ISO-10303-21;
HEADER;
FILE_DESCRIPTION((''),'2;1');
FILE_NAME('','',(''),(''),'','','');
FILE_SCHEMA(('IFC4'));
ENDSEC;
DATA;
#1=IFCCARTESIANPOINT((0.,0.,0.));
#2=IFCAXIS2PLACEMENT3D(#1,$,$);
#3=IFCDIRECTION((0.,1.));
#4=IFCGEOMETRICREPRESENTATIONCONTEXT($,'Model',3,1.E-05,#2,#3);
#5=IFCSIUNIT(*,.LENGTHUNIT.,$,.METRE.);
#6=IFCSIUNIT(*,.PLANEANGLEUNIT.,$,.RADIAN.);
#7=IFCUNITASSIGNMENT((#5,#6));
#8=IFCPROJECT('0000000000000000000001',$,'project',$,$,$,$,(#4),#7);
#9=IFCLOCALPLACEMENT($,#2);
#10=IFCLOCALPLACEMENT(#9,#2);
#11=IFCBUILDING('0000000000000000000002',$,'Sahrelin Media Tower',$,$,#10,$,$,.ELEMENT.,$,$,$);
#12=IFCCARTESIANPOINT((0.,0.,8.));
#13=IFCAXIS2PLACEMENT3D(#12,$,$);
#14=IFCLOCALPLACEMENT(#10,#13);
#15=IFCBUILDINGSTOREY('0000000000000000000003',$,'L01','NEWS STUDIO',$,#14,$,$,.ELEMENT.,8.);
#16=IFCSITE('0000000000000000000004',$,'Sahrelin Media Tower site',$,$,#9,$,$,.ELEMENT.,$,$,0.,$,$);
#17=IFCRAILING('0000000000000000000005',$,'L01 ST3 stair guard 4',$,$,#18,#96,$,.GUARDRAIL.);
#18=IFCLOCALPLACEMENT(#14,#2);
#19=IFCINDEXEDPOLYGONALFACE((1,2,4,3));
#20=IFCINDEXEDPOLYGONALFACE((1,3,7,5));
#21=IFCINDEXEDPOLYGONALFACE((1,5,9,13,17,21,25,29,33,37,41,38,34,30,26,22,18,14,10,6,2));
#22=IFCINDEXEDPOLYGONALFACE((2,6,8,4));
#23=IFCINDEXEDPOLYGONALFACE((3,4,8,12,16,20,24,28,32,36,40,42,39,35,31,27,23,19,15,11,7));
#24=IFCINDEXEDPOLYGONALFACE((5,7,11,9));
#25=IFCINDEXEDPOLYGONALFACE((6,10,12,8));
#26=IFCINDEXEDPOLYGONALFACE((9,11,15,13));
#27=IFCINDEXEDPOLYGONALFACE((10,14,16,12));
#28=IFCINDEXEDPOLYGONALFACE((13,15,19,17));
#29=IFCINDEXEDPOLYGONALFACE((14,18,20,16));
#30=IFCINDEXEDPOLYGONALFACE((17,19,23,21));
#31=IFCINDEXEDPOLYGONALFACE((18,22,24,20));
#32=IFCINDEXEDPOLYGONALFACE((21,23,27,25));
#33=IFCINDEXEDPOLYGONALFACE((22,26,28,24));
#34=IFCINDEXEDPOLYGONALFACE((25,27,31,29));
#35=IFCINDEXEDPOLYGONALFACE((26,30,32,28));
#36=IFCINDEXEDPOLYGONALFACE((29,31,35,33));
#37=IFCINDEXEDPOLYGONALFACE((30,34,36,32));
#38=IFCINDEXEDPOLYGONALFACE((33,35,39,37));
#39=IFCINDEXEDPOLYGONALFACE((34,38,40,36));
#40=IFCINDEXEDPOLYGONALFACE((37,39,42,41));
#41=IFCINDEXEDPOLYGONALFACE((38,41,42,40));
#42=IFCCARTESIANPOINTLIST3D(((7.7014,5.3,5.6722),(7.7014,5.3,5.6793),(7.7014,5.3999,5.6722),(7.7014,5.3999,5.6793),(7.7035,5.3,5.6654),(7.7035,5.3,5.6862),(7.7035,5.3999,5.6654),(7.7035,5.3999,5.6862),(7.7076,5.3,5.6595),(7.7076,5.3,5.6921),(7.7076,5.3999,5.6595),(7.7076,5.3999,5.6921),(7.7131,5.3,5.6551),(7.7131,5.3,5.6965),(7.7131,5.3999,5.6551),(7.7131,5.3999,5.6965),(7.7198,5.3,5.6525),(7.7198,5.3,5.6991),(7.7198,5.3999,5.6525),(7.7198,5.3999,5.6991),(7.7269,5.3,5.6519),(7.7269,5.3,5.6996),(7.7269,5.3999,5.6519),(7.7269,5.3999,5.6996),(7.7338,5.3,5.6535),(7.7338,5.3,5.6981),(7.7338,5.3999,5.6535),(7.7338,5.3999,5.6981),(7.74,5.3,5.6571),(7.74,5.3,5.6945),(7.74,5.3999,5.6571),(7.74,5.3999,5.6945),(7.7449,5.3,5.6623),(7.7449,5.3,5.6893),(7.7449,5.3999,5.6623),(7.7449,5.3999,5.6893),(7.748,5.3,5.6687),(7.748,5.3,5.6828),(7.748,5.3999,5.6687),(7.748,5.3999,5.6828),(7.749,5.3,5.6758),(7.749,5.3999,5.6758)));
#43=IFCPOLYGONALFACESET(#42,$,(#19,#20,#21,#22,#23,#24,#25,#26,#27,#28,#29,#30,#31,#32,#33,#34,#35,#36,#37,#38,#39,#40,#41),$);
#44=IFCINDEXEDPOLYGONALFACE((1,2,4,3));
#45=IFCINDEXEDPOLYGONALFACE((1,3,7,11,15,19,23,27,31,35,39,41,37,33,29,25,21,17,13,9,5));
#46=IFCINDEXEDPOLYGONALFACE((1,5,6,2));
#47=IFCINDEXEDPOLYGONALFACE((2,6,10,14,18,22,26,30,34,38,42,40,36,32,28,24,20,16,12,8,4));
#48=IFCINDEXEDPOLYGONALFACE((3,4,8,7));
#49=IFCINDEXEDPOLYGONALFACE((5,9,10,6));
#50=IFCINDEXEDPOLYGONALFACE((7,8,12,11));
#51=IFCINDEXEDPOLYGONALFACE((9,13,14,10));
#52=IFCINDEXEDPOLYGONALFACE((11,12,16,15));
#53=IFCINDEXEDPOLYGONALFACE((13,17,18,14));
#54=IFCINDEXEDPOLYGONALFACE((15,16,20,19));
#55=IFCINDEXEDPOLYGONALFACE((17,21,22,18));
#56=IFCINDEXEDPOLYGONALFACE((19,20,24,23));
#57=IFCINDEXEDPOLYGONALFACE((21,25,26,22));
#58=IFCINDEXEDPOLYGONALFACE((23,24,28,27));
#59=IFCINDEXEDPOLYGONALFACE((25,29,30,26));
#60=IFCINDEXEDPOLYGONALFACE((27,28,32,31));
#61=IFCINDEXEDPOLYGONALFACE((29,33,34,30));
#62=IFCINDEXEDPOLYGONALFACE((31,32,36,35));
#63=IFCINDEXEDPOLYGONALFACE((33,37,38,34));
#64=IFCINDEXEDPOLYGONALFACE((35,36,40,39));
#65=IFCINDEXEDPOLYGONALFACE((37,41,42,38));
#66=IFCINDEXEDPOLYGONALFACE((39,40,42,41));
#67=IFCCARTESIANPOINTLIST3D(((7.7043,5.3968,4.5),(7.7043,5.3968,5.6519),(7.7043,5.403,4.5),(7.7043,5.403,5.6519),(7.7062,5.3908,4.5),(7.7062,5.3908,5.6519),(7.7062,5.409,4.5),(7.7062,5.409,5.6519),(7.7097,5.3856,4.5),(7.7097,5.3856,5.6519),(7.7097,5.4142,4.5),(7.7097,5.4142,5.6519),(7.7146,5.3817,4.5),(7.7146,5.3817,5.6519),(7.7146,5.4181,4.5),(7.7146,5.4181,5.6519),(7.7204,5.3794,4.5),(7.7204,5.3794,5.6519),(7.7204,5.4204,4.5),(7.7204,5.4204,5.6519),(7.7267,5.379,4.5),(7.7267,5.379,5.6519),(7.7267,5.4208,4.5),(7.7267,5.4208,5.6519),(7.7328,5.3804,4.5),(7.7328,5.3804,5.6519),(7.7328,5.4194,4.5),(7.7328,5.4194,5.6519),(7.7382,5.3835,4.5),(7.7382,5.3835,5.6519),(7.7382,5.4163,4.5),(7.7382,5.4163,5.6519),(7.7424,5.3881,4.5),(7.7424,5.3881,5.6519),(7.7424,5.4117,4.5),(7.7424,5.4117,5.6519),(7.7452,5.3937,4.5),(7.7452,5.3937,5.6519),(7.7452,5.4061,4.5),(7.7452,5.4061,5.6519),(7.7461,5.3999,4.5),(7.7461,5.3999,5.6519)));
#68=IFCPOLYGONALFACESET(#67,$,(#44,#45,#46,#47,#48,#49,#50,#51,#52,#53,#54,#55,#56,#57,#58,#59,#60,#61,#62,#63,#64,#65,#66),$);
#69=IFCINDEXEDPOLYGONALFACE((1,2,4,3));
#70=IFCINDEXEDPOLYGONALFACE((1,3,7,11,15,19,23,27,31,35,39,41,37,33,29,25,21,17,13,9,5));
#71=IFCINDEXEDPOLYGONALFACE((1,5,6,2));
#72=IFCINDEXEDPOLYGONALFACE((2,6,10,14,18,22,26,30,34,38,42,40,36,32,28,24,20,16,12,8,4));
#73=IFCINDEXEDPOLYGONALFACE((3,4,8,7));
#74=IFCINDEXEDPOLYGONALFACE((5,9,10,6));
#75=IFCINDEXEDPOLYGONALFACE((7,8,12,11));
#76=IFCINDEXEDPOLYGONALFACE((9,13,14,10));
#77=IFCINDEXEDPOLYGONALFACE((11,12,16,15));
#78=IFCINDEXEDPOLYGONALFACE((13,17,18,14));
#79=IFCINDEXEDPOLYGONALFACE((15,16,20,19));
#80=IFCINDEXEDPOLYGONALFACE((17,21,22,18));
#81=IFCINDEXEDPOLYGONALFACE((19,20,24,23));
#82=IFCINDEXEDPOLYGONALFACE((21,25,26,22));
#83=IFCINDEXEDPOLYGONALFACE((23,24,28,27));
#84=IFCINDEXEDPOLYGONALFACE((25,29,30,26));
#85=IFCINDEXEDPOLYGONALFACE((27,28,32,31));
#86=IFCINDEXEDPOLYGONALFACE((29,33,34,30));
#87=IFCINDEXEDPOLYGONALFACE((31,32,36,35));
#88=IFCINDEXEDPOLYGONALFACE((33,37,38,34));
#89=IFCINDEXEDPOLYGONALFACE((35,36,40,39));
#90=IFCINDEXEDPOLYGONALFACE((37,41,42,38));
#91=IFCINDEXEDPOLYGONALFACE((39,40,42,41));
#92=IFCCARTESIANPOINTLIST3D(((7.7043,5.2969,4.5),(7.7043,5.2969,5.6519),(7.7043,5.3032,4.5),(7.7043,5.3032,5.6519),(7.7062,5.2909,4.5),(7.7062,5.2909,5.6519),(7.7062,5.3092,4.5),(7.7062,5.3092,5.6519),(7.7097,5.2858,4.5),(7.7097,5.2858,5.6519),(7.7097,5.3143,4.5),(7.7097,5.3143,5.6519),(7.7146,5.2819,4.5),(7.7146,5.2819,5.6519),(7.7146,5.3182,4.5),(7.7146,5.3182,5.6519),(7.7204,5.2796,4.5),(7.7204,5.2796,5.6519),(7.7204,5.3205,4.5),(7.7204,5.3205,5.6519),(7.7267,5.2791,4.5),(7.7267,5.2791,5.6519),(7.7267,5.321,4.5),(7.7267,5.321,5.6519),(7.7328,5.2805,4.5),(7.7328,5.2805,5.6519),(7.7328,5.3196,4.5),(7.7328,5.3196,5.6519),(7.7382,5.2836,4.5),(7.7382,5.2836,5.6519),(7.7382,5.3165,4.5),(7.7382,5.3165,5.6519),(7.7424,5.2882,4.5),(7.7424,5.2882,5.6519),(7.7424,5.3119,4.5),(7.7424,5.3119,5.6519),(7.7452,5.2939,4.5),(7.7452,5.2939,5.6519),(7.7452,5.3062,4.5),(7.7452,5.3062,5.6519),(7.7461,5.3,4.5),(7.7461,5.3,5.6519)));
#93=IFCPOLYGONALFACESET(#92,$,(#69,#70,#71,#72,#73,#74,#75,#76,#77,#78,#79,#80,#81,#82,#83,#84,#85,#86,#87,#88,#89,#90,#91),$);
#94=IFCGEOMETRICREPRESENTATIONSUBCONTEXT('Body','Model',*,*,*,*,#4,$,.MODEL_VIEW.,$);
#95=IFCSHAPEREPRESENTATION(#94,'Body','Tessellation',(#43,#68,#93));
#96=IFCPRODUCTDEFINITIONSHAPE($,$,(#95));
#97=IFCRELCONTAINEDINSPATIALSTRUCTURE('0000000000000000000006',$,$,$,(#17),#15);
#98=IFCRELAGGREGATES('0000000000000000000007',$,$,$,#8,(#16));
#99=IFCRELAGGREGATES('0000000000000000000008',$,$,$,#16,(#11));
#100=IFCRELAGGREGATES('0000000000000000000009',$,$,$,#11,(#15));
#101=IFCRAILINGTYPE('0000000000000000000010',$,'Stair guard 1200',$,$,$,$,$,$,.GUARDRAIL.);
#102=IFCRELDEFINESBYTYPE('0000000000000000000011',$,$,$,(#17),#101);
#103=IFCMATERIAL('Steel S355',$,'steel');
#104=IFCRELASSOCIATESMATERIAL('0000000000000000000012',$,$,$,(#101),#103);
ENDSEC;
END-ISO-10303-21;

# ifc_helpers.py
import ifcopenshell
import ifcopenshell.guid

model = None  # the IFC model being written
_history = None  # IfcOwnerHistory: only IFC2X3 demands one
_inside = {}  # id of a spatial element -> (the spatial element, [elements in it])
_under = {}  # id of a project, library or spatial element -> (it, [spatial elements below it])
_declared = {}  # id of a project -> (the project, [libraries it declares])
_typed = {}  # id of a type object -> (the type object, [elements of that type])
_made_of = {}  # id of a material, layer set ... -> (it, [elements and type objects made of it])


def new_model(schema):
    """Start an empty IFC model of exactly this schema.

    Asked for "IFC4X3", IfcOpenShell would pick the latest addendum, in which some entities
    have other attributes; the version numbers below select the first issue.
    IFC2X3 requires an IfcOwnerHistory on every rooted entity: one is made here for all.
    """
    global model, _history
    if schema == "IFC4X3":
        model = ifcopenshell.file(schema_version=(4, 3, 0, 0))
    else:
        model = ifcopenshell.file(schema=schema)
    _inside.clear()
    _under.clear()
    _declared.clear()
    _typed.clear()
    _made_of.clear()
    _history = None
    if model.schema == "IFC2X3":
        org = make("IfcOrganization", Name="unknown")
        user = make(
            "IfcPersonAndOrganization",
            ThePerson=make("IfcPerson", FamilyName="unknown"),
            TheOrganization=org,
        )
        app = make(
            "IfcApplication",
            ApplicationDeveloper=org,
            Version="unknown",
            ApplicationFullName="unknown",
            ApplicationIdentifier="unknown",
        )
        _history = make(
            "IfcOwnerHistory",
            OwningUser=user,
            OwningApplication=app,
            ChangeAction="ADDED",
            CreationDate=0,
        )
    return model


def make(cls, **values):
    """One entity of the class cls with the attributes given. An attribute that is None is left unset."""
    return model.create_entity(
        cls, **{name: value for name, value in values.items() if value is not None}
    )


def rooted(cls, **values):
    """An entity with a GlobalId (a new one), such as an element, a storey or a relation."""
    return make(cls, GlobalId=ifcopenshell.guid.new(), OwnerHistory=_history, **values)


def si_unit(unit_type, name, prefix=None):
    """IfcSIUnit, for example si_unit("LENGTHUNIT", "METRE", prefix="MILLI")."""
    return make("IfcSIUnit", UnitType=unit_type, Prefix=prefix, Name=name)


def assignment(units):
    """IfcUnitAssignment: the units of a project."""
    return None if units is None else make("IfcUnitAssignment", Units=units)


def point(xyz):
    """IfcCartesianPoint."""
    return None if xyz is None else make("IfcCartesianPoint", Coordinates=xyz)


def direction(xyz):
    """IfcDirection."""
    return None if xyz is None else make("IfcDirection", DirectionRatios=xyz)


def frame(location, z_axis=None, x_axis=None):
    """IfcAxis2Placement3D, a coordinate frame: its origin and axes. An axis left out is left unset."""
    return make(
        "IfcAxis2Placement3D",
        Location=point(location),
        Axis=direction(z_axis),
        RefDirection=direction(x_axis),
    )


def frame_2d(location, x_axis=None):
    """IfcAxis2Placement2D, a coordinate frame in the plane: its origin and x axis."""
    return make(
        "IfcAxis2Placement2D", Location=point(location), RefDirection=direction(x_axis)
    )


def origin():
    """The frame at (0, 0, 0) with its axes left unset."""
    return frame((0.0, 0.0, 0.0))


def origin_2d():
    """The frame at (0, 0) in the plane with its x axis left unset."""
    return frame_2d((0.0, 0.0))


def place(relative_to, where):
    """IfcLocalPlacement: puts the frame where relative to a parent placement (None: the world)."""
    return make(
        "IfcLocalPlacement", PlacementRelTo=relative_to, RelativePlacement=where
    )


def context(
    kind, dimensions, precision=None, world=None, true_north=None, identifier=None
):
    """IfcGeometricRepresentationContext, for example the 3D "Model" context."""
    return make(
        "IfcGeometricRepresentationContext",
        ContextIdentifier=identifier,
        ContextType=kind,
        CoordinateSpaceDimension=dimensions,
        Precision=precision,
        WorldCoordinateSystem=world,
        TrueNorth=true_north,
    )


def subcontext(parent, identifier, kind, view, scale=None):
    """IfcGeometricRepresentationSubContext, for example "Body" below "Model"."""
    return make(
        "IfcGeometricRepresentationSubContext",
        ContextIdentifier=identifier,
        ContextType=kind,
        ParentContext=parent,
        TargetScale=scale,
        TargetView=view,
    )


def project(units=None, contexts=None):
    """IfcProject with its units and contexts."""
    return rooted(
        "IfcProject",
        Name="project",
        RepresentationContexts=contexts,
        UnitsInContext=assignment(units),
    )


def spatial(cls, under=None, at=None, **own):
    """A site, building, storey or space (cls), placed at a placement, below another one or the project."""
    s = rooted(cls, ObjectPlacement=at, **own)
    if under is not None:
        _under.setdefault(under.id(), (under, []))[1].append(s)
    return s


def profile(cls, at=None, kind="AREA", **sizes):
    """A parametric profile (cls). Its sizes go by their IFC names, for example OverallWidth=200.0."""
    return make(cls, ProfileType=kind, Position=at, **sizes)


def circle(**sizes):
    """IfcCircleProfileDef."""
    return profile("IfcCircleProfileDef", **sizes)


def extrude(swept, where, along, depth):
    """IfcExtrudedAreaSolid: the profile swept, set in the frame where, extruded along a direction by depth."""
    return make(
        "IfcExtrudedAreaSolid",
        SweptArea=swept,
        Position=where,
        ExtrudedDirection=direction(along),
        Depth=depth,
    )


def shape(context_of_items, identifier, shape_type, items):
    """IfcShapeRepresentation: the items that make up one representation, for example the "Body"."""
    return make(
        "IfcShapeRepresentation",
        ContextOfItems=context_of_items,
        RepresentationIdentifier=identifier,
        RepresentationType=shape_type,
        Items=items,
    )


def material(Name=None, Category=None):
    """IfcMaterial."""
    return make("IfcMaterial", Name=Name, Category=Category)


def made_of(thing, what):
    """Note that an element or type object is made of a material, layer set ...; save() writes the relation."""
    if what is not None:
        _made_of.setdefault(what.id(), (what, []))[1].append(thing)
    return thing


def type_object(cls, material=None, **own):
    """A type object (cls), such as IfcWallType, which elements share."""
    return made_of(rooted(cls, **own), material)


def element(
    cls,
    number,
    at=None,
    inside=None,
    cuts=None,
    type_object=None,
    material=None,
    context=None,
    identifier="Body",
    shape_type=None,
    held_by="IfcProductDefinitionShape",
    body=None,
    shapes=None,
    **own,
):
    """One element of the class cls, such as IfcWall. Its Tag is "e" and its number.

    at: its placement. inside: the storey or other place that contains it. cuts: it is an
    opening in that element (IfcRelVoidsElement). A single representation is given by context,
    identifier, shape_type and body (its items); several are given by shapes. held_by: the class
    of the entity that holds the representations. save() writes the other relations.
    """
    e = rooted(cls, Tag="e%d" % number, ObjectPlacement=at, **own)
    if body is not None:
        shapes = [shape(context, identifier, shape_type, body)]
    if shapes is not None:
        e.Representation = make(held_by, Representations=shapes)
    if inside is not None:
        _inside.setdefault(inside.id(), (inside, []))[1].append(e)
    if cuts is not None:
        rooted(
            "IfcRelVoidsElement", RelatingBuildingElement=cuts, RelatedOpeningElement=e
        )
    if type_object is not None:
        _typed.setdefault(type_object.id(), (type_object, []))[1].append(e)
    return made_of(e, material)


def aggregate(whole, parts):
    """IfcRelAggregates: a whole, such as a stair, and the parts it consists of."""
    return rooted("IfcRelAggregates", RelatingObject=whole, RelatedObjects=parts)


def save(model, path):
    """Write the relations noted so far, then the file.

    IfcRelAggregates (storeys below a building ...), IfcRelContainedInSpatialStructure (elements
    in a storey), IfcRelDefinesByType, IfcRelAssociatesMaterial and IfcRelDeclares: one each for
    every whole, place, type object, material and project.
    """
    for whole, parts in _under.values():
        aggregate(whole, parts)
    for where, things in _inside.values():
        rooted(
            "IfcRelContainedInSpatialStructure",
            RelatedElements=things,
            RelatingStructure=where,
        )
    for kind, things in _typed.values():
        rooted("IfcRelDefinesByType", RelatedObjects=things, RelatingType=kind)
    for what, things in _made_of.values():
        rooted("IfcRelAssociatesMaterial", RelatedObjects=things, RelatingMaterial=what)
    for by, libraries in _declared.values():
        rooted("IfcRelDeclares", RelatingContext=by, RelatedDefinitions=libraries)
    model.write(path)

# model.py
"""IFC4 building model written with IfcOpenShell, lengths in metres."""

from ifc_helpers import new_model, si_unit, direction, frame, origin, origin_2d, place, context, subcontext, project, spatial, circle, extrude, material, type_object, element, save


model = new_model("IFC4")

# Units and contexts
model_context = context("Model", 3, precision=1e-05, world=origin(), true_north=direction((0.0, 1.0)))
body_context = subcontext(model_context, "Body", "Model", "MODEL_VIEW")
ifc_project = project(units=[si_unit("LENGTHUNIT", "METRE"), si_unit("PLANEANGLEUNIT", "RADIAN")], contexts=[model_context])

# Site, building, storey
site_placement = place(None, origin())
site = spatial("IfcSite", under=ifc_project, at=site_placement, Name="Sahrelin Media Tower site", CompositionType="ELEMENT", RefElevation=0.0)
building_placement = place(site_placement, origin())
building = spatial("IfcBuilding", under=site, at=building_placement, Name="Sahrelin Media Tower", CompositionType="ELEMENT")
storey_placement = place(building_placement, frame((0.0, 0.0, 8.0)))
storey = spatial("IfcBuildingStorey", under=building, at=storey_placement, Name="L01", Description="NEWS STUDIO", CompositionType="ELEMENT", Elevation=8.0)

# Shared definitions
ifc_material_1 = material(Name="Steel S355", Category="steel")

# Railing
railing_type_1 = type_object("IfcRailingType", Name="Stair guard 1200", PredefinedType="GUARDRAIL", material=ifc_material_1)
railing_1_placement = place(storey_placement, frame((7.7251, 5.3999, 4.5)))
element("IfcRailing", 1, at=railing_1_placement, inside=storey, type_object=railing_type_1, Name="L01 ST3 stair guard 4", PredefinedType="GUARDRAIL", context=body_context, shape_type="SweptSolid", body=[
    extrude(circle(Radius=0.0239, at=origin_2d()), frame((0.0, 0.0, 1.1758), z_axis=(0.0, -1.0, 0.0), x_axis=(1.0, 0.0, 0.0)), (0.0, 0.0, 1.0), 0.0999),
    extrude(circle(Radius=0.021, at=origin_2d()), origin(), (0.0, 0.0, 1.0), 1.1519),
    extrude(circle(Radius=0.021, at=origin_2d()), frame((0.0, -0.0999, 0.0)), (0.0, 0.0, 1.0), 1.1519),
])

save(model, "model.ifc")
